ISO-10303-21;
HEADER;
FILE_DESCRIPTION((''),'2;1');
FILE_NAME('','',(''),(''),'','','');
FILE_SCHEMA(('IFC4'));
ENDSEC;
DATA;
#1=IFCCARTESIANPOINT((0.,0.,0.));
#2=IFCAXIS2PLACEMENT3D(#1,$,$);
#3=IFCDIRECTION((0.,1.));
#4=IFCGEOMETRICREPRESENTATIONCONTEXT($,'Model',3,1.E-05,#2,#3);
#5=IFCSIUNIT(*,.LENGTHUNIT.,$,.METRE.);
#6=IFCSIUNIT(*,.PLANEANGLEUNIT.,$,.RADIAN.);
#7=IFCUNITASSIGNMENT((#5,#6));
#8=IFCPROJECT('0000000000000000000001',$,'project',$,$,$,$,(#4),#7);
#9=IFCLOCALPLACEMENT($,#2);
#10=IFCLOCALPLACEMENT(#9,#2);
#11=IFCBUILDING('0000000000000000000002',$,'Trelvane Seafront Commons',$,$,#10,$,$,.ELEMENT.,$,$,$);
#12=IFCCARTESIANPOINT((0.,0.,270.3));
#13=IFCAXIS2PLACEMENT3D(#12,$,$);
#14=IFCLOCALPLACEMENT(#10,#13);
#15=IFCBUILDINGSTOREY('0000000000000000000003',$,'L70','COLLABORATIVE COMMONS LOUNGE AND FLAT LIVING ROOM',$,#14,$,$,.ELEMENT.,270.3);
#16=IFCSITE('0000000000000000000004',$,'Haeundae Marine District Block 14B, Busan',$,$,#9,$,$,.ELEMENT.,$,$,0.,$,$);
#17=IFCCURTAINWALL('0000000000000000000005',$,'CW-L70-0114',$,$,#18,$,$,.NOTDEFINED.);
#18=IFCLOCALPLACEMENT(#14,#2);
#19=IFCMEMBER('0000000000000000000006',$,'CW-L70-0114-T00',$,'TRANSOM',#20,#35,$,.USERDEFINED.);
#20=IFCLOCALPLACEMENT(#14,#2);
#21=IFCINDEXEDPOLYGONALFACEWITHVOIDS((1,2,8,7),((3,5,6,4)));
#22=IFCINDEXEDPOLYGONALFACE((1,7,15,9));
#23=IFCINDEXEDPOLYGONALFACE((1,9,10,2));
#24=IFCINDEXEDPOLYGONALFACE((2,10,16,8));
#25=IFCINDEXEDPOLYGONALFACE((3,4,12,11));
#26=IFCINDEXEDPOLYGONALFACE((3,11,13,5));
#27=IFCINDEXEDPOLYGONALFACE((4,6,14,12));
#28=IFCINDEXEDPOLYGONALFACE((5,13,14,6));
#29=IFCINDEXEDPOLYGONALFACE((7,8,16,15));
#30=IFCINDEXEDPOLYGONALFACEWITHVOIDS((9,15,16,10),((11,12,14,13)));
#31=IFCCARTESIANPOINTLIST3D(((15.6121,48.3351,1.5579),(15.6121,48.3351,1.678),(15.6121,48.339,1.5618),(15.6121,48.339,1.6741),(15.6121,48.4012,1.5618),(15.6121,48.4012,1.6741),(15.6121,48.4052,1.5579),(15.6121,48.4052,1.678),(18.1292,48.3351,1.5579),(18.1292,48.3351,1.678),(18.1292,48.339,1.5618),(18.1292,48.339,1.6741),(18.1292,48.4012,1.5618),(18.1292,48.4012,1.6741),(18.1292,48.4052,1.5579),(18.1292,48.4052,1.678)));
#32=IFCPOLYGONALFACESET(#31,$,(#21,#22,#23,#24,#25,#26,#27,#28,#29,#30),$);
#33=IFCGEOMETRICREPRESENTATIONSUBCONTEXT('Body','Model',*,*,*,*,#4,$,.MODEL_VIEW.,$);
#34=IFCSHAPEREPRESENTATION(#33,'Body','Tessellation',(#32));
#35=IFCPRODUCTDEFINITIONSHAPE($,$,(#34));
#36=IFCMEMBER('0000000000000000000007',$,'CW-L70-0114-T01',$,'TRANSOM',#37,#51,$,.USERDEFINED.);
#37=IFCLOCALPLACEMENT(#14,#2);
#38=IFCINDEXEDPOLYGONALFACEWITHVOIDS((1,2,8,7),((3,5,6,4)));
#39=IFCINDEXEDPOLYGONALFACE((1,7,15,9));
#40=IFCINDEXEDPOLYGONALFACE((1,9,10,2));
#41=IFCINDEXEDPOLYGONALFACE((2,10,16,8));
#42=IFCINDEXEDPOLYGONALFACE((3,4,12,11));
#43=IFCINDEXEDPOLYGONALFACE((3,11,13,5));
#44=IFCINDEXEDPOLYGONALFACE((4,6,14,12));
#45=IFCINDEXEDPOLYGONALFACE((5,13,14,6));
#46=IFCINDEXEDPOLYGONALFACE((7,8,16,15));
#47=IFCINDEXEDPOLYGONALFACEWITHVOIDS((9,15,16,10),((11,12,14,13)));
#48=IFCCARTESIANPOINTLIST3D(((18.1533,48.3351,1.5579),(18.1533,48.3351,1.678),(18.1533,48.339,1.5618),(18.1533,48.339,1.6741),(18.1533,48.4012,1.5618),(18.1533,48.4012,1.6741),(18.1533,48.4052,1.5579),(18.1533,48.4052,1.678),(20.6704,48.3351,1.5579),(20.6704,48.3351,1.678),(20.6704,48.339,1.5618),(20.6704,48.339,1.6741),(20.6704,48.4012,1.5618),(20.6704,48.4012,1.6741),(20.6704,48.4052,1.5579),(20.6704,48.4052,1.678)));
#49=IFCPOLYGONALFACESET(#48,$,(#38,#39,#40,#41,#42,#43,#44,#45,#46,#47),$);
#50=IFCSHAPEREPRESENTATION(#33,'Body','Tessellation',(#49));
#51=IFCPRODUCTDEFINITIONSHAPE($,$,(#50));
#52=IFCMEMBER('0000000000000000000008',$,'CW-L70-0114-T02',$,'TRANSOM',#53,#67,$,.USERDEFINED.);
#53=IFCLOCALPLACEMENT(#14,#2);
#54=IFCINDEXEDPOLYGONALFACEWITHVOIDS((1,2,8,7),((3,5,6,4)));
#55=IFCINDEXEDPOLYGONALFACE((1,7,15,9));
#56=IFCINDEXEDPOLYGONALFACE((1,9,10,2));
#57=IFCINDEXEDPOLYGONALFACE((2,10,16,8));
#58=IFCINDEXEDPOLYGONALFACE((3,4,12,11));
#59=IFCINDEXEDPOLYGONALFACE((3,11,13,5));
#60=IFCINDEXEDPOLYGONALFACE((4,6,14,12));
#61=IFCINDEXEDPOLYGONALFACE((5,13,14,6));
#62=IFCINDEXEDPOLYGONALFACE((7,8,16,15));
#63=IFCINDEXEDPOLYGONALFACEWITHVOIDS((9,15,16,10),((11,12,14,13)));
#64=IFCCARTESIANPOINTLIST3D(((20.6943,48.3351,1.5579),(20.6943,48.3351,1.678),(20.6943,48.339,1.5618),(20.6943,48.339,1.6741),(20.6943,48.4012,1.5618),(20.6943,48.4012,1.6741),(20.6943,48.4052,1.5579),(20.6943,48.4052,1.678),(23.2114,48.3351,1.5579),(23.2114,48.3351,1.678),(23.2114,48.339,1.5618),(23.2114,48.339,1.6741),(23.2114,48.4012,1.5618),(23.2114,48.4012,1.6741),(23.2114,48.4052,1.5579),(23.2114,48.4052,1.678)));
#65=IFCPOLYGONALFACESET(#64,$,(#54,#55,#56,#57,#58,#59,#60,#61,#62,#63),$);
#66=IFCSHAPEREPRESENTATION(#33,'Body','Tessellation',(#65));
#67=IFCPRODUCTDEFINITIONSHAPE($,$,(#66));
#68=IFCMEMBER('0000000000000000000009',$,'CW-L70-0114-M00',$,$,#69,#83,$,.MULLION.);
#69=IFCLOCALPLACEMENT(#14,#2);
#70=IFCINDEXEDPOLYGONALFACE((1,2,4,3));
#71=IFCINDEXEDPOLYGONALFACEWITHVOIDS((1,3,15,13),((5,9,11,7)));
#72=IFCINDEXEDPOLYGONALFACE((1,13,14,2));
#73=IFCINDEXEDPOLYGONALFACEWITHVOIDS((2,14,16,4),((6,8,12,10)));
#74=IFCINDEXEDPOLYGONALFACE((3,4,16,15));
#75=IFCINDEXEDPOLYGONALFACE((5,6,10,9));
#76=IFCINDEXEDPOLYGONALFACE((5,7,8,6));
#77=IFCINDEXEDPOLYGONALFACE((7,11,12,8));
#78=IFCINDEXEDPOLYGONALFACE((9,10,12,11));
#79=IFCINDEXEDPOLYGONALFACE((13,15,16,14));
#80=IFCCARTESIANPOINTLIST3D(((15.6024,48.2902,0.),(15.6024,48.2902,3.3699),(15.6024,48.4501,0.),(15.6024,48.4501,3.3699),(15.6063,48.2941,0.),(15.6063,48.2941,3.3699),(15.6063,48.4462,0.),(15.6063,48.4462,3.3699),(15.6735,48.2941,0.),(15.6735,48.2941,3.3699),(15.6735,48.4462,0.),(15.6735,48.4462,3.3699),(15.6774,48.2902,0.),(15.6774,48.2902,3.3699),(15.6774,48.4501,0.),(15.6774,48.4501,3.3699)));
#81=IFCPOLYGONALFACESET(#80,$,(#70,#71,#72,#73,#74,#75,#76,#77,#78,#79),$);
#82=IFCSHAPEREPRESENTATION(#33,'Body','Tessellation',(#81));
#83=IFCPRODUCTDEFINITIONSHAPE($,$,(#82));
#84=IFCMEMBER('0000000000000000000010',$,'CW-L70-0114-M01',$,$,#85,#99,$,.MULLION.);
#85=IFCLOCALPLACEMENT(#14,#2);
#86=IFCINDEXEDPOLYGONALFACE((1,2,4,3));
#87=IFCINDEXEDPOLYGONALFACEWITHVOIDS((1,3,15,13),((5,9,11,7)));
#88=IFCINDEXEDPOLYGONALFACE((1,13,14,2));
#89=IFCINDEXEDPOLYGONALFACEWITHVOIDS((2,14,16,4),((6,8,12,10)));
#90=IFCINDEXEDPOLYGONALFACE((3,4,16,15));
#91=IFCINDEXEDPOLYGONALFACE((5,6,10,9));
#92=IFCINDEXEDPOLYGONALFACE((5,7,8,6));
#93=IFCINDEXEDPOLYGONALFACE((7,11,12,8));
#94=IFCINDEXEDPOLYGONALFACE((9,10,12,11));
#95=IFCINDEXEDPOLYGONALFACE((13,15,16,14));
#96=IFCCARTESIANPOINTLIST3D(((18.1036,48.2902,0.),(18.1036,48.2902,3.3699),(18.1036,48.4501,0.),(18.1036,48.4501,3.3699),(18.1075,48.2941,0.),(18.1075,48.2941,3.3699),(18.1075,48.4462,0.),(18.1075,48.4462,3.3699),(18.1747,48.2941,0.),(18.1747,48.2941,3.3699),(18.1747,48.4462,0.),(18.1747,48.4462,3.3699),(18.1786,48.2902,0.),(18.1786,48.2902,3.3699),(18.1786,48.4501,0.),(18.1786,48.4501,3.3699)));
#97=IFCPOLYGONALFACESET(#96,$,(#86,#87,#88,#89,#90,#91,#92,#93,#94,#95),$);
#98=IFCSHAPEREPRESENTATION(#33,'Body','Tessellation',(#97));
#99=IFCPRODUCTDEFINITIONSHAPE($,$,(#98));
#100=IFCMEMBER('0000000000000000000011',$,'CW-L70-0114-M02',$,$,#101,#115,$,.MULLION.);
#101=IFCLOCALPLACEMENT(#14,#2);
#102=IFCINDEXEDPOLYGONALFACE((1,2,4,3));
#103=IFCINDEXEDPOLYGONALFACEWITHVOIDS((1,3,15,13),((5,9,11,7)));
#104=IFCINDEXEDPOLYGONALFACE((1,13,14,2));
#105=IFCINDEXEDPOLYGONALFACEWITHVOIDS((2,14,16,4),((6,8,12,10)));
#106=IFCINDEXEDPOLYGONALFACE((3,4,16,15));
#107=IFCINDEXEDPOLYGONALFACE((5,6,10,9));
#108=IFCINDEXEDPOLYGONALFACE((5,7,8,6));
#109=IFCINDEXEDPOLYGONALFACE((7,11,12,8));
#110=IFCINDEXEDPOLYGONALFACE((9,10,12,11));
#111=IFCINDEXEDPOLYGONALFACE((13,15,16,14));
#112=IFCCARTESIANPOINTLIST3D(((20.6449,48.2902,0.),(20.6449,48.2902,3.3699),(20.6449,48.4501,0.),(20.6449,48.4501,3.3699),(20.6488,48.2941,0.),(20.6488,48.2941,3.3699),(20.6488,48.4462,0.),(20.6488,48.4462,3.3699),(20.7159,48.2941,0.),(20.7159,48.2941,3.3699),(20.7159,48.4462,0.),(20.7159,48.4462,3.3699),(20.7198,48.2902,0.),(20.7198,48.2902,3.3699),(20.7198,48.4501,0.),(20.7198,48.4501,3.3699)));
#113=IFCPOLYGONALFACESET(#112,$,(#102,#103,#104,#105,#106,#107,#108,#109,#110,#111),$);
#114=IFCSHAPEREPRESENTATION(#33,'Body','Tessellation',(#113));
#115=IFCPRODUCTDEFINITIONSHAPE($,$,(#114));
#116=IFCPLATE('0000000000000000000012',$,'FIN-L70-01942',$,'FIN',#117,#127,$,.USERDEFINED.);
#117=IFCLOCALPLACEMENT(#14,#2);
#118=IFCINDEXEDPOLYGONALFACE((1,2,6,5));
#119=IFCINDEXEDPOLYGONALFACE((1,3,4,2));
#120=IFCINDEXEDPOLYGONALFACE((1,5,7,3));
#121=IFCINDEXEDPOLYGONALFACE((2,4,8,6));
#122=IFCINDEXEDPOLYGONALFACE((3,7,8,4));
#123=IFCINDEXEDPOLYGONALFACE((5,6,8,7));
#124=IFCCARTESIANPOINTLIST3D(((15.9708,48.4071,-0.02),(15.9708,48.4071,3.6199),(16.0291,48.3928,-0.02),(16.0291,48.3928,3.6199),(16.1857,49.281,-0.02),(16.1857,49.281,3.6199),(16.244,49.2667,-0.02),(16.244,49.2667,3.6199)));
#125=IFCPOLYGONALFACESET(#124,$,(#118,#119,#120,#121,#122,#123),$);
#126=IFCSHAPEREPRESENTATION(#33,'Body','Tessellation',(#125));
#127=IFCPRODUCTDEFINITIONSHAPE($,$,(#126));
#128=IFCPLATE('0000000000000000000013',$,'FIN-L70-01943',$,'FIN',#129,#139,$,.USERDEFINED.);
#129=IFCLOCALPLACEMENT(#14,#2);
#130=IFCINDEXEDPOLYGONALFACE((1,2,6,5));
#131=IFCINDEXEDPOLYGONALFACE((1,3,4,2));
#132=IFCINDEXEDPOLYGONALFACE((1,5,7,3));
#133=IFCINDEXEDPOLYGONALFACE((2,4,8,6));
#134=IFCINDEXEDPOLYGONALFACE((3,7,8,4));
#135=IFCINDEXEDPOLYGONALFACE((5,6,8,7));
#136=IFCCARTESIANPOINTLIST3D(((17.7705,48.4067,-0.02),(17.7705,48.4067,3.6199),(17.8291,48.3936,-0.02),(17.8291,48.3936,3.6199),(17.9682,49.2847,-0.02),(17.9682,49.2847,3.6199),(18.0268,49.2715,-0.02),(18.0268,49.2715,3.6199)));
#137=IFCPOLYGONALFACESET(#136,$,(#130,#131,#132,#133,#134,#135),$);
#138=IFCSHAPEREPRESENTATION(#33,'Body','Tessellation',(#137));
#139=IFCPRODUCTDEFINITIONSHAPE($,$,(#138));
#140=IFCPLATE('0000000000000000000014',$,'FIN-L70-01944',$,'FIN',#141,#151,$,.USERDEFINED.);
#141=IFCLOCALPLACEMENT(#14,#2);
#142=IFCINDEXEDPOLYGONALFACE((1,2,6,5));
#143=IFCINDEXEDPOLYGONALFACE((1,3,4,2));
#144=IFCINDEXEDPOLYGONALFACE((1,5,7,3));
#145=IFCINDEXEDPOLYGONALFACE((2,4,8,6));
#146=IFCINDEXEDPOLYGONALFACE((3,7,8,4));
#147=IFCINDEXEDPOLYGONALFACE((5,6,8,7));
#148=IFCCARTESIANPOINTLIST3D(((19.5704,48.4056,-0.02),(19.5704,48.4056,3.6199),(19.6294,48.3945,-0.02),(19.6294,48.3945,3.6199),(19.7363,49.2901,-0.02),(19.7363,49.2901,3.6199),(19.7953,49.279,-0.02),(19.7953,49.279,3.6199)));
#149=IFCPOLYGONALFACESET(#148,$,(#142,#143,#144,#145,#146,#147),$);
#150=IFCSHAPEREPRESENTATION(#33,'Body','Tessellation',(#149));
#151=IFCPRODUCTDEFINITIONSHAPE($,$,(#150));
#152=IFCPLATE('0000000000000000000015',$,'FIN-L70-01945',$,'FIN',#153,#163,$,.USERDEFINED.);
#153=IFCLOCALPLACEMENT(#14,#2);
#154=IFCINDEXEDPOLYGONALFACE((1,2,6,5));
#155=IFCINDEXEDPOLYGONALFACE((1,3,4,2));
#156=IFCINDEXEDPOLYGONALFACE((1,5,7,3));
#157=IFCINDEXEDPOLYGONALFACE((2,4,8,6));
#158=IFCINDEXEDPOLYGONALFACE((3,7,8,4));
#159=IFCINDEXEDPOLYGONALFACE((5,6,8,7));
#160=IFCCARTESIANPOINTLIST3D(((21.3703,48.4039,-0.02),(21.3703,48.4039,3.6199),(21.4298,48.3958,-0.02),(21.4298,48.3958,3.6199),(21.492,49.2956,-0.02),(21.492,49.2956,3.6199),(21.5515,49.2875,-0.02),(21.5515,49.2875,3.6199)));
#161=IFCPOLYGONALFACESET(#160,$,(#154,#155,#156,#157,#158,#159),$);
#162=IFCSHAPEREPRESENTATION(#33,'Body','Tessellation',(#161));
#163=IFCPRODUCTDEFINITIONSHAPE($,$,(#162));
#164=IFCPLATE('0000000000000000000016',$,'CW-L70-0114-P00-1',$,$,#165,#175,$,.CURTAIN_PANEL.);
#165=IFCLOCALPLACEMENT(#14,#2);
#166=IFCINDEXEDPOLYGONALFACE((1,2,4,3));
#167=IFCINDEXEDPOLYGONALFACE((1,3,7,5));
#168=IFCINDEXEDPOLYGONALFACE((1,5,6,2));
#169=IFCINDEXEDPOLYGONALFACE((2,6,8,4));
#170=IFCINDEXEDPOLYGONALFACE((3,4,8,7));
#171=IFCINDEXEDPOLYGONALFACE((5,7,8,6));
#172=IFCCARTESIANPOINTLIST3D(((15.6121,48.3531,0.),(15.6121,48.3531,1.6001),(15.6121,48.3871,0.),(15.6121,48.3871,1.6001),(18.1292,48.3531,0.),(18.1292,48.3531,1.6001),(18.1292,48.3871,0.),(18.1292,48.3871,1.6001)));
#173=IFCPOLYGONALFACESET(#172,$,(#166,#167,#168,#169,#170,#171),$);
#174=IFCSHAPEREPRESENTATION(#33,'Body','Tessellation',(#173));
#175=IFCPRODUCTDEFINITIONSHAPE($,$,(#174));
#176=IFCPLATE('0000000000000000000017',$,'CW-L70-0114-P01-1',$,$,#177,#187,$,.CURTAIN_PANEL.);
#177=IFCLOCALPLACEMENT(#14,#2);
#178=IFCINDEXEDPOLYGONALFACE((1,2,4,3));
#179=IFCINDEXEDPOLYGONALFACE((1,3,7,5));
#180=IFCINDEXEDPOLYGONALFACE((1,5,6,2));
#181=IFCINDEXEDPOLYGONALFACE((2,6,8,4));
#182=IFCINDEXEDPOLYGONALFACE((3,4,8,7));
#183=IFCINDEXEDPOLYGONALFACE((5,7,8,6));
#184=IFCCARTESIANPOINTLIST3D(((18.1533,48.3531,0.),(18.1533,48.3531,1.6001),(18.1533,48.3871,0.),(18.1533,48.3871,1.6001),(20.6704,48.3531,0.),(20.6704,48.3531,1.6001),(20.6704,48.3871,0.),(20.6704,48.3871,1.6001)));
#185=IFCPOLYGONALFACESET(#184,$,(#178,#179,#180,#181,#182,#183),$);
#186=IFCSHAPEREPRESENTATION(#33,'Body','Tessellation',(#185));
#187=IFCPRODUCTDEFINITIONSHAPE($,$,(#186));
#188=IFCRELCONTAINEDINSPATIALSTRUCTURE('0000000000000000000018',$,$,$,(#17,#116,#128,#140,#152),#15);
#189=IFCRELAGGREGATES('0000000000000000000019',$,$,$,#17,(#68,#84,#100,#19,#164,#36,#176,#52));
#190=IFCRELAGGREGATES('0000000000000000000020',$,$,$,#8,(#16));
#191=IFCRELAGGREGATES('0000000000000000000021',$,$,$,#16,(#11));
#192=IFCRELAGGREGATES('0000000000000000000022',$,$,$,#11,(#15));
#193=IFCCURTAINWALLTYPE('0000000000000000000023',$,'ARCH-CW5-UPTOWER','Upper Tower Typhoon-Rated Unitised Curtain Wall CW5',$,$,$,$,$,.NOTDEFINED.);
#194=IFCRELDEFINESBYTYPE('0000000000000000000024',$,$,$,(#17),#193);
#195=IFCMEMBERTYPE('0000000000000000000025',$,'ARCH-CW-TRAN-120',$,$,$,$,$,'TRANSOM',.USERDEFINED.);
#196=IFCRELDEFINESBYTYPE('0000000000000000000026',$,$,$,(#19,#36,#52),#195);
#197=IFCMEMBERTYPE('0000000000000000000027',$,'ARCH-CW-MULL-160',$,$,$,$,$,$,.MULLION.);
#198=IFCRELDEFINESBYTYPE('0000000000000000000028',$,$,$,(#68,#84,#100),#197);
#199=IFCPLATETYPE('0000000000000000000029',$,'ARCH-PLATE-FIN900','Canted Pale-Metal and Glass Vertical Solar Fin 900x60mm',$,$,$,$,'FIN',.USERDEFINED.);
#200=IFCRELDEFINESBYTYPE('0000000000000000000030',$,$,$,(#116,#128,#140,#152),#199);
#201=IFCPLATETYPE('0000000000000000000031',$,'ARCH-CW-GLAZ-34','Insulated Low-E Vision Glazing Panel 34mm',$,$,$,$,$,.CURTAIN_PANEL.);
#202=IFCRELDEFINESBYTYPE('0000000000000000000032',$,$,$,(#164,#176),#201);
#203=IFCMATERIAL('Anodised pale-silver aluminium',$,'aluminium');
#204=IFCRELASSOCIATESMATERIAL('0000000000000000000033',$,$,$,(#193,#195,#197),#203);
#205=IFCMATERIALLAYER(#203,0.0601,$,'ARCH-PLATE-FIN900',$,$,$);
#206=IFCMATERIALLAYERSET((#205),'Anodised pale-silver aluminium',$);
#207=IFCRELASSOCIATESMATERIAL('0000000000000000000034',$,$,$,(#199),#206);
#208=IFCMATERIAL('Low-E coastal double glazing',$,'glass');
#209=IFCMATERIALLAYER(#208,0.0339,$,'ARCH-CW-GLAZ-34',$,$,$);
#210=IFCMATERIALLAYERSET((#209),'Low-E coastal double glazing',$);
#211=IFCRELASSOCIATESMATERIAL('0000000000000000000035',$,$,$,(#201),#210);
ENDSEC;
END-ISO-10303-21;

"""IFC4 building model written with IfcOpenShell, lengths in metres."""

from ifc_helpers import new_model, si_unit, direction, frame, origin, origin_2d, place, context, subcontext, project, spatial, rectangle, hollow_rectangle, extrude, source, transform, mapped, material, layer, layer_set, material_profile, profile_set, type_object, element, aggregate, save


model = new_model("IFC4")

# Units and contexts
model_context = context("Model", 3, precision=1e-05, world=origin(), true_north=direction((0.0, 1.0)))
body_context = subcontext(model_context, "Body", "Model", "MODEL_VIEW")
ifc_project = project(units=[si_unit("LENGTHUNIT", "METRE"), si_unit("PLANEANGLEUNIT", "RADIAN")], contexts=[model_context])

# Site, building, storey
site_placement = place(None, origin())
site = spatial("IfcSite", under=ifc_project, at=site_placement, Name="Haeundae Marine District Block 14B, Busan", CompositionType="ELEMENT", RefElevation=0.0)
building_placement = place(site_placement, origin())
building = spatial("IfcBuilding", under=site, at=building_placement, Name="Trelvane Seafront Commons", CompositionType="ELEMENT")
storey_placement = place(building_placement, frame((0.0, 0.0, 270.3)))
storey = spatial("IfcBuildingStorey", under=building, at=storey_placement, Name="L70", Description="COLLABORATIVE COMMONS LOUNGE AND FLAT LIVING ROOM", CompositionType="ELEMENT", Elevation=270.3)

# Curtain wall, members
ifc_material_1 = material(Name="Anodised pale-silver aluminium", Category="aluminium")
curtain_wall_type = type_object("IfcCurtainWallType", Name="ARCH-CW5-UPTOWER", Description="Upper Tower Typhoon-Rated Unitised Curtain Wall CW5", PredefinedType="NOTDEFINED", material=ifc_material_1)
curtain_wall_placement = place(storey_placement, origin())
curtain_wall = element("IfcCurtainWall", 1, at=curtain_wall_placement, inside=storey, type_object=curtain_wall_type, Name="CW-L70-0114", PredefinedType="NOTDEFINED")
ifc_material_profile_1 = material_profile(ifc_material_1, hollow_rectangle(XDim=0.0701, YDim=0.1201, WallThickness=0.0039, at=origin_2d()), Name="TRAN-70x120x4")
ifc_profile_set_1 = profile_set([ifc_material_profile_1], Name="Anodised pale-silver aluminium")
member_type_1 = type_object("IfcMemberType", Name="ARCH-CW-TRAN-120", ElementType="TRANSOM", PredefinedType="USERDEFINED", material=ifc_profile_set_1)
shared_shape_1 = source(origin(), body_context, "Body", "SweptSolid", [
    extrude(hollow_rectangle(XDim=0.0701, YDim=0.1201, WallThickness=0.0039, at=origin_2d()), origin(), (0.0, 0.0, 1.0), 2.5171),
])
member_1_placement = place(storey_placement, frame((15.6121, 48.3701, 1.6179), z_axis=(1.0, 0.0, 0.0), x_axis=(0.0, 1.0, 0.0)))
member_1 = element("IfcMember", 2, at=member_1_placement, type_object=member_type_1, Name="CW-L70-0114-T00", ObjectType="TRANSOM", PredefinedType="USERDEFINED", context=body_context, shape_type="MappedRepresentation", body=[
    mapped(shared_shape_1, transform((0.0, 0.0, 0.0), x_axis=(1.0, 0.0, 0.0), y_axis=(0.0, 1.0, 0.0), z_axis=(0.0, 0.0, 1.0), scale=1.0)),
])
member_2_placement = place(storey_placement, frame((18.1533, 48.3701, 1.6179), z_axis=(1.0, 0.0, 0.0), x_axis=(0.0, 1.0, 0.0)))
member_2 = element("IfcMember", 3, at=member_2_placement, type_object=member_type_1, Name="CW-L70-0114-T01", ObjectType="TRANSOM", PredefinedType="USERDEFINED", context=body_context, shape_type="MappedRepresentation", body=[
    mapped(shared_shape_1, transform((0.0, 0.0, 0.0), x_axis=(1.0, 0.0, 0.0), y_axis=(0.0, 1.0, 0.0), z_axis=(0.0, 0.0, 1.0), scale=1.0)),
])
member_3_placement = place(storey_placement, frame((20.6943, 48.3701, 1.6179), z_axis=(1.0, 0.0, 0.0), x_axis=(0.0, 1.0, 0.0)))
member_3 = element("IfcMember", 4, at=member_3_placement, type_object=member_type_1, Name="CW-L70-0114-T02", ObjectType="TRANSOM", PredefinedType="USERDEFINED", context=body_context, shape_type="MappedRepresentation", body=[
    mapped(shared_shape_1, transform((0.0, 0.0, 0.0), x_axis=(1.0, 0.0, 0.0), y_axis=(0.0, 1.0, 0.0), z_axis=(0.0, 0.0, 1.0), scale=1.0)),
])
ifc_material_profile_2 = material_profile(ifc_material_1, hollow_rectangle(XDim=0.075, YDim=0.1599, WallThickness=0.0039, at=origin_2d()), Name="MULL-75x160x4")
ifc_profile_set_2 = profile_set([ifc_material_profile_2], Name="Anodised pale-silver aluminium")
member_type_2 = type_object("IfcMemberType", Name="ARCH-CW-MULL-160", PredefinedType="MULLION", material=ifc_profile_set_2)
shared_shape_2 = source(origin(), body_context, "Body", "SweptSolid", [
    extrude(hollow_rectangle(XDim=0.075, YDim=0.1599, WallThickness=0.0039, at=origin_2d()), origin(), (0.0, 0.0, 1.0), 3.3699),
])
member_4_placement = place(storey_placement, frame((15.6399, 48.3701, 0.0), z_axis=(0.0, 0.0, 1.0), x_axis=(1.0, 0.0, 0.0)))
member_4 = element("IfcMember", 5, at=member_4_placement, type_object=member_type_2, Name="CW-L70-0114-M00", PredefinedType="MULLION", context=body_context, shape_type="MappedRepresentation", body=[
    mapped(shared_shape_2, transform((0.0, 0.0, 0.0), x_axis=(1.0, 0.0, 0.0), y_axis=(0.0, 1.0, 0.0), z_axis=(0.0, 0.0, 1.0), scale=1.0)),
])
member_5_placement = place(storey_placement, frame((18.1411, 48.3701, 0.0), z_axis=(0.0, 0.0, 1.0), x_axis=(1.0, 0.0, 0.0)))
member_5 = element("IfcMember", 6, at=member_5_placement, type_object=member_type_2, Name="CW-L70-0114-M01", PredefinedType="MULLION", context=body_context, shape_type="MappedRepresentation", body=[
    mapped(shared_shape_2, transform((0.0, 0.0, 0.0), x_axis=(1.0, 0.0, 0.0), y_axis=(0.0, 1.0, 0.0), z_axis=(0.0, 0.0, 1.0), scale=1.0)),
])
member_6_placement = place(storey_placement, frame((20.6824, 48.3701, 0.0), z_axis=(0.0, 0.0, 1.0), x_axis=(1.0, 0.0, 0.0)))
member_6 = element("IfcMember", 7, at=member_6_placement, type_object=member_type_2, Name="CW-L70-0114-M02", PredefinedType="MULLION", context=body_context, shape_type="MappedRepresentation", body=[
    mapped(shared_shape_2, transform((0.0, 0.0, 0.0), x_axis=(1.0, 0.0, 0.0), y_axis=(0.0, 1.0, 0.0), z_axis=(0.0, 0.0, 1.0), scale=1.0)),
])

# Plates
ifc_layer_1 = layer(ifc_material_1, 0.0601, Name="ARCH-PLATE-FIN900")
ifc_layer_set_1 = layer_set([ifc_layer_1], Name="Anodised pale-silver aluminium")
plate_type_1 = type_object("IfcPlateType", Name="ARCH-PLATE-FIN900", Description="Canted Pale-Metal and Glass Vertical Solar Fin 900x60mm", ElementType="FIN", PredefinedType="USERDEFINED", material=ifc_layer_set_1)
shared_shape_3 = source(origin(), body_context, "Body", "SweptSolid", [
    extrude(rectangle(XDim=0.8999, YDim=0.0601, at=origin_2d()), origin(), (0.0, 0.0, 1.0), 3.6399),
])
for number, where, z_axis, x_axis, name in (
    (8, (16.1074, 48.8369, -0.02), (0.0, 0.0, 1.0), (0.238769, 0.971076, 0.0), "FIN-L70-01942"),
    (9, (17.8987, 48.8391, -0.02), (0.0, 0.0, 1.0), (0.219671, 0.975574, 0.0), "FIN-L70-01943"),
    (10, (19.6829, 48.8423, -0.02), (0.0, 0.0, 1.0), (0.184329, 0.982865, 0.0), "FIN-L70-01944"),
    (11, (21.4609, 48.8457, -0.02), (0.0, 0.0, 1.0), (0.135228, 0.990815, 0.0), "FIN-L70-01945"),
):
    element("IfcPlate", number, at=place(storey_placement, frame(where, z_axis=z_axis, x_axis=x_axis)), inside=storey, type_object=plate_type_1, Name=name, ObjectType="FIN", PredefinedType="USERDEFINED", context=body_context, shape_type="MappedRepresentation", body=[
        mapped(shared_shape_3, transform((0.0, 0.0, 0.0), x_axis=(1.0, 0.0, 0.0), y_axis=(0.0, 1.0, 0.0), z_axis=(0.0, 0.0, 1.0), scale=1.0)),
    ])

# Plates
ifc_material_2 = material(Name="Low-E coastal double glazing", Category="glass")
ifc_layer_2 = layer(ifc_material_2, 0.0339, Name="ARCH-CW-GLAZ-34")
ifc_layer_set_2 = layer_set([ifc_layer_2], Name="Low-E coastal double glazing")
plate_type_2 = type_object("IfcPlateType", Name="ARCH-CW-GLAZ-34", Description="Insulated Low-E Vision Glazing Panel 34mm", PredefinedType="CURTAIN_PANEL", material=ifc_layer_set_2)
shared_shape_4 = source(origin(), body_context, "Body", "SweptSolid", [
    extrude(rectangle(XDim=2.5171, YDim=0.0339, at=origin_2d()), origin(), (0.0, 0.0, 1.0), 1.6001),
])
plate_1_placement = place(storey_placement, frame((16.8706, 48.3701, 0.0), z_axis=(0.0, 0.0, 1.0), x_axis=(1.0, 0.0, 0.0)))
plate_1 = element("IfcPlate", 12, at=plate_1_placement, type_object=plate_type_2, Name="CW-L70-0114-P00-1", PredefinedType="CURTAIN_PANEL", context=body_context, shape_type="MappedRepresentation", body=[
    mapped(shared_shape_4, transform((0.0, 0.0, 0.0), x_axis=(1.0, 0.0, 0.0), y_axis=(0.0, 1.0, 0.0), z_axis=(0.0, 0.0, 1.0), scale=1.0)),
])
plate_2_placement = place(storey_placement, frame((19.4119, 48.3701, 0.0), z_axis=(0.0, 0.0, 1.0), x_axis=(1.0, 0.0, 0.0)))
plate_2 = element("IfcPlate", 13, at=plate_2_placement, type_object=plate_type_2, Name="CW-L70-0114-P01-1", PredefinedType="CURTAIN_PANEL", context=body_context, shape_type="MappedRepresentation", body=[
    mapped(shared_shape_4, transform((0.0, 0.0, 0.0), x_axis=(1.0, 0.0, 0.0), y_axis=(0.0, 1.0, 0.0), z_axis=(0.0, 0.0, 1.0), scale=1.0)),
])
aggregate(curtain_wall, [member_4, member_5, member_6, member_1, plate_1, member_2, plate_2, member_3])

save(model, "model.ifc")
